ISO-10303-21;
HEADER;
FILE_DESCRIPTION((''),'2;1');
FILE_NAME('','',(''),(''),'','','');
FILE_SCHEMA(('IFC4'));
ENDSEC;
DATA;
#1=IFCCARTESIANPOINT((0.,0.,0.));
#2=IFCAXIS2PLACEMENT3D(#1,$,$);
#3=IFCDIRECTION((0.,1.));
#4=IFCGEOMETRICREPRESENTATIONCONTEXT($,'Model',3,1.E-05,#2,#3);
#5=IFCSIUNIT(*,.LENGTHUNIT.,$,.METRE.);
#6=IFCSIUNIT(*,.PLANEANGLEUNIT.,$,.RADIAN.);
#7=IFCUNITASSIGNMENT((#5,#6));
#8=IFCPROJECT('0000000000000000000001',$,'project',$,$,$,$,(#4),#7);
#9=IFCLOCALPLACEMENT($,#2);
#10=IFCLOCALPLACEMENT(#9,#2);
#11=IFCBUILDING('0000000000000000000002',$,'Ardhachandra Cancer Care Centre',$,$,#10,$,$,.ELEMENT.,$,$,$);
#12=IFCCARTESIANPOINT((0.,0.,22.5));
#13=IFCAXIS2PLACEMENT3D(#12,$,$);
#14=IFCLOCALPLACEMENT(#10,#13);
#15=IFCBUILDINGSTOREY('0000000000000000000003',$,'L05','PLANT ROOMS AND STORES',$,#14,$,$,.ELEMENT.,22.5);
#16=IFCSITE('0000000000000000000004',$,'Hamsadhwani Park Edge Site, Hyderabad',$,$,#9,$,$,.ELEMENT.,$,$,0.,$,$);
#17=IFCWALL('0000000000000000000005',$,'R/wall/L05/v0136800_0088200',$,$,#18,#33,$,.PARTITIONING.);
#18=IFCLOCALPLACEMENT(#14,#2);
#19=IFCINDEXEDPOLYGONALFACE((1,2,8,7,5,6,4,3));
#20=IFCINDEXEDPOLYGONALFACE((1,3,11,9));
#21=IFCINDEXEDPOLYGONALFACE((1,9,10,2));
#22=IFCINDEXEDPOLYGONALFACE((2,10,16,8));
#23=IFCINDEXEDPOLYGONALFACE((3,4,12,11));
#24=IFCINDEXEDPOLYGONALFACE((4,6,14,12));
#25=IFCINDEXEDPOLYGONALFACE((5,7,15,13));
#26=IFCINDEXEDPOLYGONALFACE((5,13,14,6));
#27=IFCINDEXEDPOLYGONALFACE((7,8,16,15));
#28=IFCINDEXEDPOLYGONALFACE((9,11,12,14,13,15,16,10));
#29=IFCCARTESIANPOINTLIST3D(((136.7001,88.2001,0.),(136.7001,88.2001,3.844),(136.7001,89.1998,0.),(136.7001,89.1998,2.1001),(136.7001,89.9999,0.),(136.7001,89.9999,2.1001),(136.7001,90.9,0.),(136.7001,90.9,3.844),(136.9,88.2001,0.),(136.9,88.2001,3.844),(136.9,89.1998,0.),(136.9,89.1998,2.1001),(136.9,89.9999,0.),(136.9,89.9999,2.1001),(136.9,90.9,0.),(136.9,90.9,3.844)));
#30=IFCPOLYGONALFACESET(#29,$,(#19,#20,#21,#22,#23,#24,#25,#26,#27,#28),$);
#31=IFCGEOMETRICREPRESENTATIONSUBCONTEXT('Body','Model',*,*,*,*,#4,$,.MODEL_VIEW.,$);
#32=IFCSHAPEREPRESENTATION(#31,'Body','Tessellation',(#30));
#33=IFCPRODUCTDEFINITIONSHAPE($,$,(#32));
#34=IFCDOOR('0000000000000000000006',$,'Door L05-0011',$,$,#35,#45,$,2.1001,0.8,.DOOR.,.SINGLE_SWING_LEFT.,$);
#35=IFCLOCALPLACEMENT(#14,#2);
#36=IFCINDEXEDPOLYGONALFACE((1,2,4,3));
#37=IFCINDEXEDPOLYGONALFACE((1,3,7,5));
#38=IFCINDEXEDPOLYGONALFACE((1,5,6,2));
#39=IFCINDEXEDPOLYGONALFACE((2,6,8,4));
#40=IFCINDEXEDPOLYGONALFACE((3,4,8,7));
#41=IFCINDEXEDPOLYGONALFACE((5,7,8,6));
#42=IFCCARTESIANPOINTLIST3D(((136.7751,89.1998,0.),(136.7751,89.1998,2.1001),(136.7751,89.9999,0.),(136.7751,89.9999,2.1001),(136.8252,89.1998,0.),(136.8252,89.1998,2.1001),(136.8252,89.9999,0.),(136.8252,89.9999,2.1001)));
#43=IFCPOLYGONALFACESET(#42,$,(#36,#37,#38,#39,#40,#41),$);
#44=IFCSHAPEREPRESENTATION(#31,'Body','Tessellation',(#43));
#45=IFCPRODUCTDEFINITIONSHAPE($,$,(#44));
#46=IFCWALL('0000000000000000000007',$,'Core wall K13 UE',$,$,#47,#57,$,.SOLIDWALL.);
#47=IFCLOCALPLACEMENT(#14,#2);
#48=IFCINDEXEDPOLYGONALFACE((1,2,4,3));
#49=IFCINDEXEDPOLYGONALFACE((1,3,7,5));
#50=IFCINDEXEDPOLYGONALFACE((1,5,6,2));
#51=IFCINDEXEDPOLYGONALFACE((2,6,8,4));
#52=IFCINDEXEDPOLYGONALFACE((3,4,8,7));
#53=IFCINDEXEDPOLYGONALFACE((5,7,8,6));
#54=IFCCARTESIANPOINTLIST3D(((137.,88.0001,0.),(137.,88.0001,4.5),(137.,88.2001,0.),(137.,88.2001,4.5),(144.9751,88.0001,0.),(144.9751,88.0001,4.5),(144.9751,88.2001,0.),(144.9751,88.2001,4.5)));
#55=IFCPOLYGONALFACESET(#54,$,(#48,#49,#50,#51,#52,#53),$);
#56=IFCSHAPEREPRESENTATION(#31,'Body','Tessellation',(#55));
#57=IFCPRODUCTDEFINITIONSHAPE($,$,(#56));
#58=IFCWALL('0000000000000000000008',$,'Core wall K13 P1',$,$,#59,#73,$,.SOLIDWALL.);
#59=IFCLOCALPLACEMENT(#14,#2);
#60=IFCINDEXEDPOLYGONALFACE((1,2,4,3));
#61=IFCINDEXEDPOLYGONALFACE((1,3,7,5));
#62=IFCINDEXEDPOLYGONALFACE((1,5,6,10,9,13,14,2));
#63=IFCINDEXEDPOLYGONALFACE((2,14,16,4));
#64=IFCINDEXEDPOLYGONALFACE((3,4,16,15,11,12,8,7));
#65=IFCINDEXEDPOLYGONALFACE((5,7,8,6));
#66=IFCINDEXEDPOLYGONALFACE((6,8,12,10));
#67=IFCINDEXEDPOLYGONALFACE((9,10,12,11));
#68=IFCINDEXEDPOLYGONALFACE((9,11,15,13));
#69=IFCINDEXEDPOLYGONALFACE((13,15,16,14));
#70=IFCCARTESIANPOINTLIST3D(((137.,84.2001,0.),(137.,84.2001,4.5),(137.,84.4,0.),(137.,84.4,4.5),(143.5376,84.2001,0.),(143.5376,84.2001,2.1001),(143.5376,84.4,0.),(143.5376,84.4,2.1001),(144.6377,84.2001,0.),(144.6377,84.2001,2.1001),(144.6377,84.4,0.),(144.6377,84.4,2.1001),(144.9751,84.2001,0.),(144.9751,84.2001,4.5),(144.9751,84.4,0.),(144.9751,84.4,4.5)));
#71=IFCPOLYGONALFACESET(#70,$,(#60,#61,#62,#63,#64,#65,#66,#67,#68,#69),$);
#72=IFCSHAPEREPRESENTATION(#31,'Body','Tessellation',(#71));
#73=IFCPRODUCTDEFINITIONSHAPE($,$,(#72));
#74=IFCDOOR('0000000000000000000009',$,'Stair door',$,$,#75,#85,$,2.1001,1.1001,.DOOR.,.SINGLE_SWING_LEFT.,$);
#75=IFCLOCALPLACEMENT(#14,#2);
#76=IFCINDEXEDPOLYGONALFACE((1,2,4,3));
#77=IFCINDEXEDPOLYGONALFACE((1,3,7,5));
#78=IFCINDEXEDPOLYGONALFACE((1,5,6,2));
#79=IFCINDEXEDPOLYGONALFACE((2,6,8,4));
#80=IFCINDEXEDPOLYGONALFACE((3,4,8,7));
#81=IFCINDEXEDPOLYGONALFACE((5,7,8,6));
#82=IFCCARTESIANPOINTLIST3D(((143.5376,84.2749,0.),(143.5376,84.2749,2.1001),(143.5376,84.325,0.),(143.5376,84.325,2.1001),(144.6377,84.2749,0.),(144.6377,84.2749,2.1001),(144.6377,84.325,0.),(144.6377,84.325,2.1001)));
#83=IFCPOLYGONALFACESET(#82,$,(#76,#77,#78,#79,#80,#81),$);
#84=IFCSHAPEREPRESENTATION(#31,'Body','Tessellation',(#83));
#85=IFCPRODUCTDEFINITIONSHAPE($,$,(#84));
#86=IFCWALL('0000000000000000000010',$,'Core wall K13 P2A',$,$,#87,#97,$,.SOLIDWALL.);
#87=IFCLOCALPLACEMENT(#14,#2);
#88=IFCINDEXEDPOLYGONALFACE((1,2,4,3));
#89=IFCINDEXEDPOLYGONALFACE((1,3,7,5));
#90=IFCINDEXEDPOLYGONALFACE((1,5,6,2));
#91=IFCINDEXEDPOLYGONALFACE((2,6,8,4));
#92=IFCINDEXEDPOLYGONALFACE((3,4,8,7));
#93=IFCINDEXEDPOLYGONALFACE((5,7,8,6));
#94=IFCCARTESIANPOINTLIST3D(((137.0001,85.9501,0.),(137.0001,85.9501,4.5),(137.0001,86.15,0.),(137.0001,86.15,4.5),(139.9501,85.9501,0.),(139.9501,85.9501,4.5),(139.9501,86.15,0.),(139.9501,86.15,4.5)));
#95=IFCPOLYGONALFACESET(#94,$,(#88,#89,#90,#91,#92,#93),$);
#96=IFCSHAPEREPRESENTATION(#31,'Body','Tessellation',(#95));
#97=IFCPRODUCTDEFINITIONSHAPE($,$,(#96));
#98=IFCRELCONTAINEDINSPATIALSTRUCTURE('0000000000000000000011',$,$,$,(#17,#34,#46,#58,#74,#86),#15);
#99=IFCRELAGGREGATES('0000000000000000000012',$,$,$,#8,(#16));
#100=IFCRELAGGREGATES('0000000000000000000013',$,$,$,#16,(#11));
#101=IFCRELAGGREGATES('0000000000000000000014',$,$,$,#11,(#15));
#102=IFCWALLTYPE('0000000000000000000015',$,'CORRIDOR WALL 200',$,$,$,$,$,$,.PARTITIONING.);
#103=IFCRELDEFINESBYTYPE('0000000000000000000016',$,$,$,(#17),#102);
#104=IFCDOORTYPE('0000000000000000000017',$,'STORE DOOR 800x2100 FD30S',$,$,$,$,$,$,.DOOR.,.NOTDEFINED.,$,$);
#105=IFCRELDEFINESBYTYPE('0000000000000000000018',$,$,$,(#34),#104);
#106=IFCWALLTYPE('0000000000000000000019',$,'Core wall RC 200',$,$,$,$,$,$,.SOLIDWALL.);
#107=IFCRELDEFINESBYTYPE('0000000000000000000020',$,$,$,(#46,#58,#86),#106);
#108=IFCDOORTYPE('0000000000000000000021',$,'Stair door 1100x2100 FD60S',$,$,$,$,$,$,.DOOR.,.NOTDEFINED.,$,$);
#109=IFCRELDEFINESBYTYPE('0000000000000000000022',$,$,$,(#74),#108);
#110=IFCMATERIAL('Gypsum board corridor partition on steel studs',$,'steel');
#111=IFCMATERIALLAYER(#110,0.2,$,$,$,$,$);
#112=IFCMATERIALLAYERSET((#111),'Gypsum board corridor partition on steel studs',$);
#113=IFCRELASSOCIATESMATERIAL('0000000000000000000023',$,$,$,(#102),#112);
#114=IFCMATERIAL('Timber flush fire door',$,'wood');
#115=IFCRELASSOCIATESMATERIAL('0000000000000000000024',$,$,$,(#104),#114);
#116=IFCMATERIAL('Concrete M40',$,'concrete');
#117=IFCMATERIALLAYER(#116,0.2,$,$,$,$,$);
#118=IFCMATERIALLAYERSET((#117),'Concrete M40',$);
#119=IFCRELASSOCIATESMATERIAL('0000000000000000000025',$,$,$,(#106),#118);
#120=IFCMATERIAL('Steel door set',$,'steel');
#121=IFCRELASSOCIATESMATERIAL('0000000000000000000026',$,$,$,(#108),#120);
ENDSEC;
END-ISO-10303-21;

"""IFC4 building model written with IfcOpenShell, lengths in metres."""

from ifc_helpers import new_model, si_unit, direction, frame, frame_2d, origin, place, context, subcontext, project, spatial, rectangle, extrude, material, layer, layer_set, type_object, element, fill, save


model = new_model("IFC4")

# Units and contexts
model_context = context("Model", 3, precision=1e-05, world=origin(), true_north=direction((0.0, 1.0)))
body_context = subcontext(model_context, "Body", "Model", "MODEL_VIEW")
ifc_project = project(units=[si_unit("LENGTHUNIT", "METRE"), si_unit("PLANEANGLEUNIT", "RADIAN")], contexts=[model_context])

# Site, building, storey
site_placement = place(None, origin())
site = spatial("IfcSite", under=ifc_project, at=site_placement, Name="Hamsadhwani Park Edge Site, Hyderabad", CompositionType="ELEMENT", RefElevation=0.0)
building_placement = place(site_placement, origin())
building = spatial("IfcBuilding", under=site, at=building_placement, Name="Ardhachandra Cancer Care Centre", CompositionType="ELEMENT")
storey_placement = place(building_placement, frame((0.0, 0.0, 22.5)))
storey = spatial("IfcBuildingStorey", under=building, at=storey_placement, Name="L05", Description="PLANT ROOMS AND STORES", CompositionType="ELEMENT", Elevation=22.5)

# Shared definitions
ifc_material_1 = material(Name="Gypsum board corridor partition on steel studs", Category="steel")
ifc_layer_1 = layer(ifc_material_1, 0.2)
ifc_layer_set_1 = layer_set([ifc_layer_1], Name="Gypsum board corridor partition on steel studs")
wall_type_1 = type_object("IfcWallType", Name="CORRIDOR WALL 200", PredefinedType="PARTITIONING", material=ifc_layer_set_1)

# Wall, opening, door
ifc_material_2 = material(Name="Timber flush fire door", Category="wood")
door_type_1 = type_object("IfcDoorType", Name="STORE DOOR 800x2100 FD30S", OperationType="NOTDEFINED", PredefinedType="DOOR", material=ifc_material_2)
wall_1_placement = place(storey_placement, frame((136.8, 88.2, 0.0), z_axis=(0.0, 0.0, 1.0), x_axis=(0.0, 1.0, 0.0)))
wall_1 = element("IfcWall", 1, at=wall_1_placement, inside=storey, type_object=wall_type_1, Name="R/wall/L05/v0136800_0088200", PredefinedType="PARTITIONING", context=body_context, shape_type="SweptSolid", body=[
    extrude(rectangle(XDim=2.7, YDim=0.2, at=frame_2d((1.3501, 0.0))), origin(), (0.0, 0.0, 1.0), 3.844),
])
opening_1_placement = place(wall_1_placement, frame((1.0, 0.0, 0.0)))
opening_1 = element("IfcOpeningElement", 2, at=opening_1_placement, cuts=wall_1, PredefinedType="OPENING", context=body_context, shape_type="SweptSolid", body=[
    extrude(rectangle(XDim=0.8, YDim=2.1001, at=frame_2d((0.3999, 1.05))), frame((0.0, 0.1099, 0.0), z_axis=(0.0, -1.0, 0.0), x_axis=(1.0, 0.0, 0.0)), (0.0, 0.0, 1.0), 0.22),
])
door_1_placement = place(opening_1_placement, origin())
door_1 = element("IfcDoor", 3, at=door_1_placement, inside=storey, type_object=door_type_1, Name="Door L05-0011", OperationType="SINGLE_SWING_LEFT", OverallHeight=2.1001, OverallWidth=0.8, PredefinedType="DOOR", context=body_context, shape_type="SweptSolid", body=[
    extrude(rectangle(XDim=0.8, YDim=2.1001, at=frame_2d((0.3999, 1.05))), frame((0.0, 0.0249, 0.0), z_axis=(0.0, -1.0, 0.0), x_axis=(1.0, 0.0, 0.0)), (0.0, 0.0, 1.0), 0.05),
])
fill(opening_1, door_1)

# Wall
ifc_material_3 = material(Name="Concrete M40", Category="concrete")
ifc_layer_2 = layer(ifc_material_3, 0.2)
ifc_layer_set_2 = layer_set([ifc_layer_2], Name="Concrete M40")
wall_type_2 = type_object("IfcWallType", Name="Core wall RC 200", PredefinedType="SOLIDWALL", material=ifc_layer_set_2)
wall_2_placement = place(storey_placement, frame((137.0, 88.1001, 0.0), z_axis=(0.0, 0.0, 1.0), x_axis=(1.0, 0.0, 0.0)))
element("IfcWall", 4, at=wall_2_placement, inside=storey, type_object=wall_type_2, Name="Core wall K13 UE", PredefinedType="SOLIDWALL", context=body_context, shape_type="SweptSolid", body=[
    extrude(rectangle(XDim=7.9751, YDim=0.2, at=frame_2d((3.9875, 0.0))), origin(), (0.0, 0.0, 1.0), 4.5),
])

# Wall, opening, door
wall_3_placement = place(storey_placement, frame((137.0, 84.3, 0.0), z_axis=(0.0, 0.0, 1.0), x_axis=(1.0, 0.0, 0.0)))
wall_3 = element("IfcWall", 5, at=wall_3_placement, inside=storey, type_object=wall_type_2, Name="Core wall K13 P1", PredefinedType="SOLIDWALL", context=body_context, shape_type="SweptSolid", body=[
    extrude(rectangle(XDim=7.9751, YDim=0.2, at=frame_2d((3.9875, 0.0))), origin(), (0.0, 0.0, 1.0), 4.5),
])
opening_2_placement = place(wall_3_placement, frame((6.5376, 0.0, 0.0)))
opening_2 = element("IfcOpeningElement", 6, at=opening_2_placement, cuts=wall_3, PredefinedType="OPENING", context=body_context, shape_type="SweptSolid", body=[
    extrude(rectangle(XDim=1.1001, YDim=2.1001, at=frame_2d((0.55, 1.05))), frame((0.0, 0.1099, 0.0), z_axis=(0.0, -1.0, 0.0), x_axis=(1.0, 0.0, 0.0)), (0.0, 0.0, 1.0), 0.22),
])
ifc_material_4 = material(Name="Steel door set", Category="steel")
door_type_2 = type_object("IfcDoorType", Name="Stair door 1100x2100 FD60S", OperationType="NOTDEFINED", PredefinedType="DOOR", material=ifc_material_4)
door_2_placement = place(opening_2_placement, origin())
door_2 = element("IfcDoor", 7, at=door_2_placement, inside=storey, type_object=door_type_2, Name="Stair door", OperationType="SINGLE_SWING_LEFT", OverallHeight=2.1001, OverallWidth=1.1001, PredefinedType="DOOR", context=body_context, shape_type="SweptSolid", body=[
    extrude(rectangle(XDim=1.1001, YDim=2.1001, at=frame_2d((0.55, 1.05))), frame((0.0, 0.0249, 0.0), z_axis=(0.0, -1.0, 0.0), x_axis=(1.0, 0.0, 0.0)), (0.0, 0.0, 1.0), 0.05),
])
fill(opening_2, door_2)

# Wall
wall_4_placement = place(storey_placement, frame((137.0, 86.05, 0.0), z_axis=(0.0, 0.0, 1.0), x_axis=(1.0, 0.0, 0.0)))
element("IfcWall", 8, at=wall_4_placement, inside=storey, type_object=wall_type_2, Name="Core wall K13 P2A", PredefinedType="SOLIDWALL", context=body_context, shape_type="SweptSolid", body=[
    extrude(rectangle(XDim=2.95, YDim=0.2, at=frame_2d((1.4751, 0.0))), origin(), (0.0, 0.0, 1.0), 4.5),
])

save(model, "model.ifc")
